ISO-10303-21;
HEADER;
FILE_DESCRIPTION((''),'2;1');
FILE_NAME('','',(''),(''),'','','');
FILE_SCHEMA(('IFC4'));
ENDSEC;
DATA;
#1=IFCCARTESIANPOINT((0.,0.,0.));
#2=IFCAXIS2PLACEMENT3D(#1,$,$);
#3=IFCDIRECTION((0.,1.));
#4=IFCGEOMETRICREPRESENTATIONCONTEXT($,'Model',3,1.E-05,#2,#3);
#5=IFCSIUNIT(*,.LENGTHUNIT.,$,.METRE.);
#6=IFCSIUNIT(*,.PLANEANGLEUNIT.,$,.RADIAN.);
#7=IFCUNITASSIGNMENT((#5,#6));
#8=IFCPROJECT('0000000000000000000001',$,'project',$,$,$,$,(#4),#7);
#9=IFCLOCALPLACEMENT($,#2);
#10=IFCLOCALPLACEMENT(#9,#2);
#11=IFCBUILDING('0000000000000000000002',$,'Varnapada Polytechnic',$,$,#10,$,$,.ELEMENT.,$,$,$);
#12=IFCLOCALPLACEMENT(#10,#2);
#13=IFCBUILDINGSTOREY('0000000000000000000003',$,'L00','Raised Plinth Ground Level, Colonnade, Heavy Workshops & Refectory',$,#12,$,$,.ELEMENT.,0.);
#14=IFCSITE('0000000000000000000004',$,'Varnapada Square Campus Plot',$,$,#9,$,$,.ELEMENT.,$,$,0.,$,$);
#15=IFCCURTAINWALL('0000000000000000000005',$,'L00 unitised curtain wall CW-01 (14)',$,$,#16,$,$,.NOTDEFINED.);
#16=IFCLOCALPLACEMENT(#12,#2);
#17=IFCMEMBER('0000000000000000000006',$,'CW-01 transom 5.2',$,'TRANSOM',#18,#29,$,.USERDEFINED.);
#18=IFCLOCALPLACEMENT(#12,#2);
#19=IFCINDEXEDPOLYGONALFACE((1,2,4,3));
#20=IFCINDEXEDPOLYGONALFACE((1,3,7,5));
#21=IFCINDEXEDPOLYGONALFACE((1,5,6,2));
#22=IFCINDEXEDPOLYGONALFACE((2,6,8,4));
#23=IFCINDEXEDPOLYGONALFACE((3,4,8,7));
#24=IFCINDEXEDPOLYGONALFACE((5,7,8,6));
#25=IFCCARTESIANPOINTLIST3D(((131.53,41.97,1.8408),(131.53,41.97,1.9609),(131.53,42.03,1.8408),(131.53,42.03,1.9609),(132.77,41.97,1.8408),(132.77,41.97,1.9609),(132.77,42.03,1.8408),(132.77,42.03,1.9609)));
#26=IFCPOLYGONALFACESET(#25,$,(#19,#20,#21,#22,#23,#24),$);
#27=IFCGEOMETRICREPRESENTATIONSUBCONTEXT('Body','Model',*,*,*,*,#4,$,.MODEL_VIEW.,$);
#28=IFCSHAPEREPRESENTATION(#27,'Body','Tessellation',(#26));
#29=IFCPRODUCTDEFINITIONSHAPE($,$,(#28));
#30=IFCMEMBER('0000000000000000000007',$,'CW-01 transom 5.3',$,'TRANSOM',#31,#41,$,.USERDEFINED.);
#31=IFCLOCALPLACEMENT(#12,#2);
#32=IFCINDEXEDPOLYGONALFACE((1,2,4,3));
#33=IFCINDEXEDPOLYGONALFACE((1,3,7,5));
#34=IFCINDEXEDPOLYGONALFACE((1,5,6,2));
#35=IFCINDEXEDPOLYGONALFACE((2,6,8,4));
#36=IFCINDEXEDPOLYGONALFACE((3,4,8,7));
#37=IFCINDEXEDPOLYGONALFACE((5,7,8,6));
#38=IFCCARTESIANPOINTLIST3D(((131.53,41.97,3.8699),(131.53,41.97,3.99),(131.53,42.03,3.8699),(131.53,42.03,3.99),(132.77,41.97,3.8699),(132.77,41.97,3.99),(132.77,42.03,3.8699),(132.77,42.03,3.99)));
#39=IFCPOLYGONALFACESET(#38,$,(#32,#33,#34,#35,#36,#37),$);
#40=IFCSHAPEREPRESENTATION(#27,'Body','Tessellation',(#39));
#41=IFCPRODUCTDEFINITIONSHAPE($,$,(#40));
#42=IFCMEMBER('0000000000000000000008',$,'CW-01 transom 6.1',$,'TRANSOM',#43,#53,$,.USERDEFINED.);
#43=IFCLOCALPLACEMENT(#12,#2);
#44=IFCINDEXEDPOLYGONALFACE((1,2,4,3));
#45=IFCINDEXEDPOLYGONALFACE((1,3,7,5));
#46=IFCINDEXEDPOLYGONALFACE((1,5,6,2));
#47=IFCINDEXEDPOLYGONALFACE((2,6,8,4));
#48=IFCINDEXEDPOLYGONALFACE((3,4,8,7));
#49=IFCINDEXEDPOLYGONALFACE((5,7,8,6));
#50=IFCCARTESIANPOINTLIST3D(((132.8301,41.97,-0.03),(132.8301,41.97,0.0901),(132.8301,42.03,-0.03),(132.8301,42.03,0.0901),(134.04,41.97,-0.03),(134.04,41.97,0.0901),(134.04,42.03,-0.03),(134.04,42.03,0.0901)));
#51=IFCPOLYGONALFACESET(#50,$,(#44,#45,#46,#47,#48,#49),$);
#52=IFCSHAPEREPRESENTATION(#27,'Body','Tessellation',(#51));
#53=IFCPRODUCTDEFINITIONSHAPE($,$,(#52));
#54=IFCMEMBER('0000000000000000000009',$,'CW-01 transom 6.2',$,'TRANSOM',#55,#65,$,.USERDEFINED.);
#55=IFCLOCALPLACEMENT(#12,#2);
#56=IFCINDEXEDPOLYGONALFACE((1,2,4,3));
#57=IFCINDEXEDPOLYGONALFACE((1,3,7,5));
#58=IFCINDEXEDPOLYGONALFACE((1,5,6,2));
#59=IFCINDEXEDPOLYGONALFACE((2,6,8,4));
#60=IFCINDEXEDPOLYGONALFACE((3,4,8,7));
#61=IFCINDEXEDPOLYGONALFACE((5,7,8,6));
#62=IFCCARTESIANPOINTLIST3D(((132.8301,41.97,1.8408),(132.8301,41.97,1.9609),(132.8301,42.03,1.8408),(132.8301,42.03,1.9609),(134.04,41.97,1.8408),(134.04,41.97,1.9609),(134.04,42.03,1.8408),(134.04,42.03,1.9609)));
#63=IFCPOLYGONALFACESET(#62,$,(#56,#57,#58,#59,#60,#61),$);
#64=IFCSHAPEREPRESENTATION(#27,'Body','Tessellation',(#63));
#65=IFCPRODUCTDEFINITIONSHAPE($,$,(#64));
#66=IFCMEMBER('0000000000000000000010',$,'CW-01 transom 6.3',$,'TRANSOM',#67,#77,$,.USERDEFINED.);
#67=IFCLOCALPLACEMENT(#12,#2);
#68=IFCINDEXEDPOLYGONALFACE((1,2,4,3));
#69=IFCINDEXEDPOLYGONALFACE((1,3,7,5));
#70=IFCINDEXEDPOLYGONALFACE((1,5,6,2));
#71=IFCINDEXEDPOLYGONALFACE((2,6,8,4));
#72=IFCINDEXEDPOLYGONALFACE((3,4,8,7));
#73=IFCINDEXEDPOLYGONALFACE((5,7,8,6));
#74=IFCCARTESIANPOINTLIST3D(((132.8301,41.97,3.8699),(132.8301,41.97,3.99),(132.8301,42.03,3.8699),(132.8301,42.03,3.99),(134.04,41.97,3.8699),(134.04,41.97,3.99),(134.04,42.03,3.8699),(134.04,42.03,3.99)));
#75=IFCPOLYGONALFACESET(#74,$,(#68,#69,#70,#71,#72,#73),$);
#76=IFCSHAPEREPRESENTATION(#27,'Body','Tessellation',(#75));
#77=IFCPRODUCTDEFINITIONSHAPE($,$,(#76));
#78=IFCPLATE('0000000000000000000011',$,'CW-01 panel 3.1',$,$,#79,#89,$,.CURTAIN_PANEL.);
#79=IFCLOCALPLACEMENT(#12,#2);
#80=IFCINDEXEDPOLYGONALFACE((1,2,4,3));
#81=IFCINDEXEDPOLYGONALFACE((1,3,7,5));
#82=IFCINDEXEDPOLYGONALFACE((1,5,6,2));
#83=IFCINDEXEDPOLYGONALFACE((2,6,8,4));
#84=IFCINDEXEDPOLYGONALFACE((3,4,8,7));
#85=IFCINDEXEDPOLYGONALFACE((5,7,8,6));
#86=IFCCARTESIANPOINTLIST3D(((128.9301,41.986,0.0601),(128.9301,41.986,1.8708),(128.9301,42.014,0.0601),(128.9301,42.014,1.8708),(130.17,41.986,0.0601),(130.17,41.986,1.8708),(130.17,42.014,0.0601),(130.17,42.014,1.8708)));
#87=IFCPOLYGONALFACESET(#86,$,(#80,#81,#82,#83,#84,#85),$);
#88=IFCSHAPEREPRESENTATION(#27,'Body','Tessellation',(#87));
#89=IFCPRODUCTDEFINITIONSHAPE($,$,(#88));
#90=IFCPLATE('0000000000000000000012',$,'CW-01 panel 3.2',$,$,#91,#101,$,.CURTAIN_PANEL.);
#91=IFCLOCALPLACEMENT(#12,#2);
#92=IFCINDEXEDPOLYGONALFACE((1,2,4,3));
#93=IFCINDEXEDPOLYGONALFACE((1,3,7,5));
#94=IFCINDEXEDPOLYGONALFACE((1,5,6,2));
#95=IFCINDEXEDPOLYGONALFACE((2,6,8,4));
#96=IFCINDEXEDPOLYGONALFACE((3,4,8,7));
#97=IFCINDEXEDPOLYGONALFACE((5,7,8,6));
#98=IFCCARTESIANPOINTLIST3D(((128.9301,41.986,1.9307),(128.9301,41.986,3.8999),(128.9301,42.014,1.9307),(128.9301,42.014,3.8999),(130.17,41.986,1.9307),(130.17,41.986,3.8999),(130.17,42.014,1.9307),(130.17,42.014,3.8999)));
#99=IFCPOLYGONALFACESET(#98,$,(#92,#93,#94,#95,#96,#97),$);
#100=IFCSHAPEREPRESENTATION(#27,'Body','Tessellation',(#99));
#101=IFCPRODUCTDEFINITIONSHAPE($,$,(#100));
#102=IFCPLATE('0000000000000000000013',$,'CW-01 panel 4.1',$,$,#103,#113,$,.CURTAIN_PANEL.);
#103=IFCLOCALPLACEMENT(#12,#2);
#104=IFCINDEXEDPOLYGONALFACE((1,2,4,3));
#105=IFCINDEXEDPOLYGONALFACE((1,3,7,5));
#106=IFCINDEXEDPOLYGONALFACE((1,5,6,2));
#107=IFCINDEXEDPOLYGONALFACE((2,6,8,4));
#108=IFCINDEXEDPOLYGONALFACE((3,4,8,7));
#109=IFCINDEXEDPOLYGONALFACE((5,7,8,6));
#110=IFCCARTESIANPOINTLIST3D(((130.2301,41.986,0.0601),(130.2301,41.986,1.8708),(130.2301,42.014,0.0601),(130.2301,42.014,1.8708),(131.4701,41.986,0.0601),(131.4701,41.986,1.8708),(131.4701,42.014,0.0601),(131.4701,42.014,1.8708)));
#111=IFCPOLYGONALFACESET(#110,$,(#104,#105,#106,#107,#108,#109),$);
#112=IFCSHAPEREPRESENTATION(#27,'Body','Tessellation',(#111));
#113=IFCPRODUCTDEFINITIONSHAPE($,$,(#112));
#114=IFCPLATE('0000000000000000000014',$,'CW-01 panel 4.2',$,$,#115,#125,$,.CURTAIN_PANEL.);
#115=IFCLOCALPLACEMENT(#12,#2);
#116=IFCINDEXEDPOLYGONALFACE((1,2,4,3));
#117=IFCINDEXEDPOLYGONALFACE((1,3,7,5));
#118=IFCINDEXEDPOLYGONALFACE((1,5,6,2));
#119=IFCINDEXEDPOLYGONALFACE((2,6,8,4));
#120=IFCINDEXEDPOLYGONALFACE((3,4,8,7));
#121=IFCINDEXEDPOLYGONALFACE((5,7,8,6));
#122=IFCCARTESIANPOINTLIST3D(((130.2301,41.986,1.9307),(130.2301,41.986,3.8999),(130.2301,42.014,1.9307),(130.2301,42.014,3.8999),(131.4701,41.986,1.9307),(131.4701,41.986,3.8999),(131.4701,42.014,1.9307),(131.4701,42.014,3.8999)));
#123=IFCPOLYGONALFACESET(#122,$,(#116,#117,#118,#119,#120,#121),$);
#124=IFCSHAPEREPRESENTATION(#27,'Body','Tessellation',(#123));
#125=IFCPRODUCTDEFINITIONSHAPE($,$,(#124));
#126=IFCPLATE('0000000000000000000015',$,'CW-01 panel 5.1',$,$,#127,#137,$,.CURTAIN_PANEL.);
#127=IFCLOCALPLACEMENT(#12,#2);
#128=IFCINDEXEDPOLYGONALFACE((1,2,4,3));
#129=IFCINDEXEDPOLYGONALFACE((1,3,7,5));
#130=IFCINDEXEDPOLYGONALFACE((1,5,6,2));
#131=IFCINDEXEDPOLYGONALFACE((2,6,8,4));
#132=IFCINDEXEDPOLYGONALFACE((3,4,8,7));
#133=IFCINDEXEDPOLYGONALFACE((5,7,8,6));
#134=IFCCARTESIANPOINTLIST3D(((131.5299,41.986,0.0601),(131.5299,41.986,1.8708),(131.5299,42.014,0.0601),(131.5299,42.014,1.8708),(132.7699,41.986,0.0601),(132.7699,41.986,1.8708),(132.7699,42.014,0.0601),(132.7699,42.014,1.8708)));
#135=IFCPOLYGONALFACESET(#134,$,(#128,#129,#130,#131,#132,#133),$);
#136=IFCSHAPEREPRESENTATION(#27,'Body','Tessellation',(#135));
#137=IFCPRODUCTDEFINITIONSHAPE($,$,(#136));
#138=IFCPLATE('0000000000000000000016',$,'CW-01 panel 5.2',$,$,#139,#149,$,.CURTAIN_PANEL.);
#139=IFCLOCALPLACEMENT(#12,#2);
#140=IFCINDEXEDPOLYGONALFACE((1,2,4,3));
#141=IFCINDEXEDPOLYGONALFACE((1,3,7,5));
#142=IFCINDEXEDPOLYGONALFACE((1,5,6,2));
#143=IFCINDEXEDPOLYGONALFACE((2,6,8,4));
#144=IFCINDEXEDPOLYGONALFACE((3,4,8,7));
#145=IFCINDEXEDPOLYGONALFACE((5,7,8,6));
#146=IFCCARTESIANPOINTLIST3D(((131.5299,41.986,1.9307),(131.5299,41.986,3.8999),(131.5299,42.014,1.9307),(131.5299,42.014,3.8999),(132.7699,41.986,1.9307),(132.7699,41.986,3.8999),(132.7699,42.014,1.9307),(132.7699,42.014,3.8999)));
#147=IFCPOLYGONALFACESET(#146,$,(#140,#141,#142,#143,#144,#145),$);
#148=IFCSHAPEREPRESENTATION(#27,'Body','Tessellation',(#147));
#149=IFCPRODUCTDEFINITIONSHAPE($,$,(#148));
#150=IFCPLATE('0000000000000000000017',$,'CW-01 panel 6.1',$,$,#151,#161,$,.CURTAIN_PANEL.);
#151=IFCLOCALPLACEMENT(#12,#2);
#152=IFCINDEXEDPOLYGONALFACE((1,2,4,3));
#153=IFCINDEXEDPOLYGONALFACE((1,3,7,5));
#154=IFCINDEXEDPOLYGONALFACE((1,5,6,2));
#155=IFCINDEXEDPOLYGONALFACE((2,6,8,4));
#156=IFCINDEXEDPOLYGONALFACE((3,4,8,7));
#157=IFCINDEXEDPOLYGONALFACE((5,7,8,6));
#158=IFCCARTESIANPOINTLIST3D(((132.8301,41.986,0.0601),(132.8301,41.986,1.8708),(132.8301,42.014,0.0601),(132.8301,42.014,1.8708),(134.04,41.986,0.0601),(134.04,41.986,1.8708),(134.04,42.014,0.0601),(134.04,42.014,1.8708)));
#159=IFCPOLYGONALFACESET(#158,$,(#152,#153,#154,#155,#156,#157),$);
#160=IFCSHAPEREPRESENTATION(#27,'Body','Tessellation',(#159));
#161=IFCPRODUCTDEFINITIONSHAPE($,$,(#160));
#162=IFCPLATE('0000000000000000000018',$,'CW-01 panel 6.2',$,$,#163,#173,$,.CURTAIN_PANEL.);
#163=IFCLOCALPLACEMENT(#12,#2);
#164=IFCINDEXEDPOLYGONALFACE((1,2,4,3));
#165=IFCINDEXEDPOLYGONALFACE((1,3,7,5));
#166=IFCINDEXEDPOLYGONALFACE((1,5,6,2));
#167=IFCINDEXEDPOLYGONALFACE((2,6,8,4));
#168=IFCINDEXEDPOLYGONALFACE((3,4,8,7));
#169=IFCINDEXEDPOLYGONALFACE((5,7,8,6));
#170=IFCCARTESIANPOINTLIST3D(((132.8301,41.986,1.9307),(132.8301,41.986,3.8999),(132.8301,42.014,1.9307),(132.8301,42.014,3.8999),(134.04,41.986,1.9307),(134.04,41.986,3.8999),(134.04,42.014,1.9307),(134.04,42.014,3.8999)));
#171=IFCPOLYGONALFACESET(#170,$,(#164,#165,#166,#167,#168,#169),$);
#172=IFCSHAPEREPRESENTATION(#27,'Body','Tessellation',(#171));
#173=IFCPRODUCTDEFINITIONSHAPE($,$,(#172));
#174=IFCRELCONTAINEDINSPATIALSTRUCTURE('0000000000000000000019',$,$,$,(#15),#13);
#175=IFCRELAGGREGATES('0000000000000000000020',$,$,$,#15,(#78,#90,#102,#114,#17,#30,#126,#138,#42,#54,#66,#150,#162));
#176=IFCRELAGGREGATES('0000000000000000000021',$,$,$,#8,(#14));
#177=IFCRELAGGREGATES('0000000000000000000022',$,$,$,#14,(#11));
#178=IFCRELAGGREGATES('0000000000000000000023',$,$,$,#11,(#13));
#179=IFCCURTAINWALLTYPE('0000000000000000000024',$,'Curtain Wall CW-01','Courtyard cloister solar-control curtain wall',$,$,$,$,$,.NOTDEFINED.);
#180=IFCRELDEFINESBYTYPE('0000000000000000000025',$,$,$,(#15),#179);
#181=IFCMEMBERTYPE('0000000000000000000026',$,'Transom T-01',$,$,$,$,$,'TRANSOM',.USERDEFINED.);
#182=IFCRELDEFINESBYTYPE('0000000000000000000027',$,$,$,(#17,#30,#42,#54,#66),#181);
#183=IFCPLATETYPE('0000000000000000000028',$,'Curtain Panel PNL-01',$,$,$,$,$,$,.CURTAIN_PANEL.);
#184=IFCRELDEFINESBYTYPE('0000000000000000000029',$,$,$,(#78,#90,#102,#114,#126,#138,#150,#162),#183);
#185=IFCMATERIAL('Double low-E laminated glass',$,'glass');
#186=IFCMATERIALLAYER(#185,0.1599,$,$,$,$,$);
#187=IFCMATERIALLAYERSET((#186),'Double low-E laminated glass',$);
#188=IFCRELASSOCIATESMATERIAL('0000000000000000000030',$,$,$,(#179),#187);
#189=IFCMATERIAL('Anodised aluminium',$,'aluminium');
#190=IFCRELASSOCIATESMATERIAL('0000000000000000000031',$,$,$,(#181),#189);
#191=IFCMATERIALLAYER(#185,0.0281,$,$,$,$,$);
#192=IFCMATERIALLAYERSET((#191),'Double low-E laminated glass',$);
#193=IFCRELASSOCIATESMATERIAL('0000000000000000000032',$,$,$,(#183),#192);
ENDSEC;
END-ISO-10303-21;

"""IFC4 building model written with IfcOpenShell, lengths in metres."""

from ifc_helpers import new_model, si_unit, direction, frame, origin, origin_2d, place, context, subcontext, project, spatial, rectangle, extrude, material, layer, layer_set, material_profile, profile_set, type_object, element, aggregate, save


model = new_model("IFC4")

# Units and contexts
model_context = context("Model", 3, precision=1e-05, world=origin(), true_north=direction((0.0, 1.0)))
body_context = subcontext(model_context, "Body", "Model", "MODEL_VIEW")
ifc_project = project(units=[si_unit("LENGTHUNIT", "METRE"), si_unit("PLANEANGLEUNIT", "RADIAN")], contexts=[model_context])

# Site, building, storey
site_placement = place(None, origin())
site = spatial("IfcSite", under=ifc_project, at=site_placement, Name="Varnapada Square Campus Plot", CompositionType="ELEMENT", RefElevation=0.0)
building_placement = place(site_placement, origin())
building = spatial("IfcBuilding", under=site, at=building_placement, Name="Varnapada Polytechnic", CompositionType="ELEMENT")
storey_placement = place(building_placement, origin())
storey = spatial("IfcBuildingStorey", under=building, at=storey_placement, Name="L00", Description="Raised Plinth Ground Level, Colonnade, Heavy Workshops & Refectory", CompositionType="ELEMENT", Elevation=0.0)

# Curtain wall
ifc_material_1 = material(Name="Double low-E laminated glass", Category="glass")
ifc_layer_1 = layer(ifc_material_1, 0.1599)
ifc_layer_set_1 = layer_set([ifc_layer_1], Name="Double low-E laminated glass")
curtain_wall_type = type_object("IfcCurtainWallType", Name="Curtain Wall CW-01", Description="Courtyard cloister solar-control curtain wall", PredefinedType="NOTDEFINED", material=ifc_layer_set_1)
curtain_wall_placement = place(storey_placement, origin())
curtain_wall = element("IfcCurtainWall", 1, at=curtain_wall_placement, inside=storey, type_object=curtain_wall_type, Name="L00 unitised curtain wall CW-01 (14)", PredefinedType="NOTDEFINED")
ifc_material_2 = material(Name="Anodised aluminium", Category="aluminium")

# Members
ifc_material_profile_1 = material_profile(ifc_material_2, rectangle(XDim=0.0601, YDim=0.1201, at=origin_2d()), Name="ALU T60x120")
ifc_profile_set_1 = profile_set([ifc_material_profile_1], Name="Anodised aluminium")
member_type_1 = type_object("IfcMemberType", Name="Transom T-01", ElementType="TRANSOM", PredefinedType="USERDEFINED", material=ifc_profile_set_1)
member_1_placement = place(storey_placement, frame((131.53, 42.0, 1.9009), z_axis=(1.0, 0.0, 0.0), x_axis=(0.0, 1.0, 0.0)))
member_1 = element("IfcMember", 2, at=member_1_placement, type_object=member_type_1, Name="CW-01 transom 5.2", ObjectType="TRANSOM", PredefinedType="USERDEFINED", context=body_context, shape_type="SweptSolid", body=[
    extrude(rectangle(XDim=0.0601, YDim=0.1201, at=origin_2d()), origin(), (0.0, 0.0, 1.0), 1.24),
])
member_2_placement = place(storey_placement, frame((131.53, 42.0, 3.9299), z_axis=(1.0, 0.0, 0.0), x_axis=(0.0, 1.0, 0.0)))
member_2 = element("IfcMember", 3, at=member_2_placement, type_object=member_type_1, Name="CW-01 transom 5.3", ObjectType="TRANSOM", PredefinedType="USERDEFINED", context=body_context, shape_type="SweptSolid", body=[
    extrude(rectangle(XDim=0.0601, YDim=0.1201, at=origin_2d()), origin(), (0.0, 0.0, 1.0), 1.24),
])
member_3_placement = place(storey_placement, frame((132.8301, 42.0, 0.03), z_axis=(1.0, 0.0, 0.0), x_axis=(0.0, 1.0, 0.0)))
member_3 = element("IfcMember", 4, at=member_3_placement, type_object=member_type_1, Name="CW-01 transom 6.1", ObjectType="TRANSOM", PredefinedType="USERDEFINED", context=body_context, shape_type="SweptSolid", body=[
    extrude(rectangle(XDim=0.0601, YDim=0.1201, at=origin_2d()), origin(), (0.0, 0.0, 1.0), 1.21),
])
member_4_placement = place(storey_placement, frame((132.8301, 42.0, 1.9009), z_axis=(1.0, 0.0, 0.0), x_axis=(0.0, 1.0, 0.0)))
member_4 = element("IfcMember", 5, at=member_4_placement, type_object=member_type_1, Name="CW-01 transom 6.2", ObjectType="TRANSOM", PredefinedType="USERDEFINED", context=body_context, shape_type="SweptSolid", body=[
    extrude(rectangle(XDim=0.0601, YDim=0.1201, at=origin_2d()), origin(), (0.0, 0.0, 1.0), 1.21),
])
member_5_placement = place(storey_placement, frame((132.8301, 42.0, 3.9299), z_axis=(1.0, 0.0, 0.0), x_axis=(0.0, 1.0, 0.0)))
member_5 = element("IfcMember", 6, at=member_5_placement, type_object=member_type_1, Name="CW-01 transom 6.3", ObjectType="TRANSOM", PredefinedType="USERDEFINED", context=body_context, shape_type="SweptSolid", body=[
    extrude(rectangle(XDim=0.0601, YDim=0.1201, at=origin_2d()), origin(), (0.0, 0.0, 1.0), 1.21),
])

# Plates
ifc_layer_2 = layer(ifc_material_1, 0.0281)
ifc_layer_set_2 = layer_set([ifc_layer_2], Name="Double low-E laminated glass")
plate_type = type_object("IfcPlateType", Name="Curtain Panel PNL-01", PredefinedType="CURTAIN_PANEL", material=ifc_layer_set_2)
plate_1_placement = place(storey_placement, frame((129.55, 42.0, 0.0601), z_axis=(0.0, 0.0, 1.0), x_axis=(1.0, 0.0, 0.0)))
plate_1 = element("IfcPlate", 7, at=plate_1_placement, type_object=plate_type, Name="CW-01 panel 3.1", PredefinedType="CURTAIN_PANEL", context=body_context, shape_type="SweptSolid", body=[
    extrude(rectangle(XDim=1.24, YDim=0.0281, at=origin_2d()), origin(), (0.0, 0.0, 1.0), 1.8108),
])
plate_2_placement = place(storey_placement, frame((129.55, 42.0, 1.9307), z_axis=(0.0, 0.0, 1.0), x_axis=(1.0, 0.0, 0.0)))
plate_2 = element("IfcPlate", 8, at=plate_2_placement, type_object=plate_type, Name="CW-01 panel 3.2", PredefinedType="CURTAIN_PANEL", context=body_context, shape_type="SweptSolid", body=[
    extrude(rectangle(XDim=1.24, YDim=0.0281, at=origin_2d()), origin(), (0.0, 0.0, 1.0), 1.9692),
])
plate_3_placement = place(storey_placement, frame((130.8501, 42.0, 0.0601), z_axis=(0.0, 0.0, 1.0), x_axis=(1.0, 0.0, 0.0)))
plate_3 = element("IfcPlate", 9, at=plate_3_placement, type_object=plate_type, Name="CW-01 panel 4.1", PredefinedType="CURTAIN_PANEL", context=body_context, shape_type="SweptSolid", body=[
    extrude(rectangle(XDim=1.24, YDim=0.0281, at=origin_2d()), origin(), (0.0, 0.0, 1.0), 1.8108),
])
plate_4_placement = place(storey_placement, frame((130.8501, 42.0, 1.9307), z_axis=(0.0, 0.0, 1.0), x_axis=(1.0, 0.0, 0.0)))
plate_4 = element("IfcPlate", 10, at=plate_4_placement, type_object=plate_type, Name="CW-01 panel 4.2", PredefinedType="CURTAIN_PANEL", context=body_context, shape_type="SweptSolid", body=[
    extrude(rectangle(XDim=1.24, YDim=0.0281, at=origin_2d()), origin(), (0.0, 0.0, 1.0), 1.9692),
])
plate_5_placement = place(storey_placement, frame((132.1499, 42.0, 0.0601), z_axis=(0.0, 0.0, 1.0), x_axis=(1.0, 0.0, 0.0)))
plate_5 = element("IfcPlate", 11, at=plate_5_placement, type_object=plate_type, Name="CW-01 panel 5.1", PredefinedType="CURTAIN_PANEL", context=body_context, shape_type="SweptSolid", body=[
    extrude(rectangle(XDim=1.24, YDim=0.0281, at=origin_2d()), origin(), (0.0, 0.0, 1.0), 1.8108),
])
plate_6_placement = place(storey_placement, frame((132.1499, 42.0, 1.9307), z_axis=(0.0, 0.0, 1.0), x_axis=(1.0, 0.0, 0.0)))
plate_6 = element("IfcPlate", 12, at=plate_6_placement, type_object=plate_type, Name="CW-01 panel 5.2", PredefinedType="CURTAIN_PANEL", context=body_context, shape_type="SweptSolid", body=[
    extrude(rectangle(XDim=1.24, YDim=0.0281, at=origin_2d()), origin(), (0.0, 0.0, 1.0), 1.9692),
])
plate_7_placement = place(storey_placement, frame((133.4351, 42.0, 0.0601), z_axis=(0.0, 0.0, 1.0), x_axis=(1.0, 0.0, 0.0)))
plate_7 = element("IfcPlate", 13, at=plate_7_placement, type_object=plate_type, Name="CW-01 panel 6.1", PredefinedType="CURTAIN_PANEL", context=body_context, shape_type="SweptSolid", body=[
    extrude(rectangle(XDim=1.21, YDim=0.0281, at=origin_2d()), origin(), (0.0, 0.0, 1.0), 1.8108),
])
plate_8_placement = place(storey_placement, frame((133.4351, 42.0, 1.9307), z_axis=(0.0, 0.0, 1.0), x_axis=(1.0, 0.0, 0.0)))
plate_8 = element("IfcPlate", 14, at=plate_8_placement, type_object=plate_type, Name="CW-01 panel 6.2", PredefinedType="CURTAIN_PANEL", context=body_context, shape_type="SweptSolid", body=[
    extrude(rectangle(XDim=1.21, YDim=0.0281, at=origin_2d()), origin(), (0.0, 0.0, 1.0), 1.9692),
])
aggregate(curtain_wall, [plate_1, plate_2, plate_3, plate_4, member_1, member_2, plate_5, plate_6, member_3, member_4, member_5, plate_7, plate_8])

save(model, "model.ifc")
